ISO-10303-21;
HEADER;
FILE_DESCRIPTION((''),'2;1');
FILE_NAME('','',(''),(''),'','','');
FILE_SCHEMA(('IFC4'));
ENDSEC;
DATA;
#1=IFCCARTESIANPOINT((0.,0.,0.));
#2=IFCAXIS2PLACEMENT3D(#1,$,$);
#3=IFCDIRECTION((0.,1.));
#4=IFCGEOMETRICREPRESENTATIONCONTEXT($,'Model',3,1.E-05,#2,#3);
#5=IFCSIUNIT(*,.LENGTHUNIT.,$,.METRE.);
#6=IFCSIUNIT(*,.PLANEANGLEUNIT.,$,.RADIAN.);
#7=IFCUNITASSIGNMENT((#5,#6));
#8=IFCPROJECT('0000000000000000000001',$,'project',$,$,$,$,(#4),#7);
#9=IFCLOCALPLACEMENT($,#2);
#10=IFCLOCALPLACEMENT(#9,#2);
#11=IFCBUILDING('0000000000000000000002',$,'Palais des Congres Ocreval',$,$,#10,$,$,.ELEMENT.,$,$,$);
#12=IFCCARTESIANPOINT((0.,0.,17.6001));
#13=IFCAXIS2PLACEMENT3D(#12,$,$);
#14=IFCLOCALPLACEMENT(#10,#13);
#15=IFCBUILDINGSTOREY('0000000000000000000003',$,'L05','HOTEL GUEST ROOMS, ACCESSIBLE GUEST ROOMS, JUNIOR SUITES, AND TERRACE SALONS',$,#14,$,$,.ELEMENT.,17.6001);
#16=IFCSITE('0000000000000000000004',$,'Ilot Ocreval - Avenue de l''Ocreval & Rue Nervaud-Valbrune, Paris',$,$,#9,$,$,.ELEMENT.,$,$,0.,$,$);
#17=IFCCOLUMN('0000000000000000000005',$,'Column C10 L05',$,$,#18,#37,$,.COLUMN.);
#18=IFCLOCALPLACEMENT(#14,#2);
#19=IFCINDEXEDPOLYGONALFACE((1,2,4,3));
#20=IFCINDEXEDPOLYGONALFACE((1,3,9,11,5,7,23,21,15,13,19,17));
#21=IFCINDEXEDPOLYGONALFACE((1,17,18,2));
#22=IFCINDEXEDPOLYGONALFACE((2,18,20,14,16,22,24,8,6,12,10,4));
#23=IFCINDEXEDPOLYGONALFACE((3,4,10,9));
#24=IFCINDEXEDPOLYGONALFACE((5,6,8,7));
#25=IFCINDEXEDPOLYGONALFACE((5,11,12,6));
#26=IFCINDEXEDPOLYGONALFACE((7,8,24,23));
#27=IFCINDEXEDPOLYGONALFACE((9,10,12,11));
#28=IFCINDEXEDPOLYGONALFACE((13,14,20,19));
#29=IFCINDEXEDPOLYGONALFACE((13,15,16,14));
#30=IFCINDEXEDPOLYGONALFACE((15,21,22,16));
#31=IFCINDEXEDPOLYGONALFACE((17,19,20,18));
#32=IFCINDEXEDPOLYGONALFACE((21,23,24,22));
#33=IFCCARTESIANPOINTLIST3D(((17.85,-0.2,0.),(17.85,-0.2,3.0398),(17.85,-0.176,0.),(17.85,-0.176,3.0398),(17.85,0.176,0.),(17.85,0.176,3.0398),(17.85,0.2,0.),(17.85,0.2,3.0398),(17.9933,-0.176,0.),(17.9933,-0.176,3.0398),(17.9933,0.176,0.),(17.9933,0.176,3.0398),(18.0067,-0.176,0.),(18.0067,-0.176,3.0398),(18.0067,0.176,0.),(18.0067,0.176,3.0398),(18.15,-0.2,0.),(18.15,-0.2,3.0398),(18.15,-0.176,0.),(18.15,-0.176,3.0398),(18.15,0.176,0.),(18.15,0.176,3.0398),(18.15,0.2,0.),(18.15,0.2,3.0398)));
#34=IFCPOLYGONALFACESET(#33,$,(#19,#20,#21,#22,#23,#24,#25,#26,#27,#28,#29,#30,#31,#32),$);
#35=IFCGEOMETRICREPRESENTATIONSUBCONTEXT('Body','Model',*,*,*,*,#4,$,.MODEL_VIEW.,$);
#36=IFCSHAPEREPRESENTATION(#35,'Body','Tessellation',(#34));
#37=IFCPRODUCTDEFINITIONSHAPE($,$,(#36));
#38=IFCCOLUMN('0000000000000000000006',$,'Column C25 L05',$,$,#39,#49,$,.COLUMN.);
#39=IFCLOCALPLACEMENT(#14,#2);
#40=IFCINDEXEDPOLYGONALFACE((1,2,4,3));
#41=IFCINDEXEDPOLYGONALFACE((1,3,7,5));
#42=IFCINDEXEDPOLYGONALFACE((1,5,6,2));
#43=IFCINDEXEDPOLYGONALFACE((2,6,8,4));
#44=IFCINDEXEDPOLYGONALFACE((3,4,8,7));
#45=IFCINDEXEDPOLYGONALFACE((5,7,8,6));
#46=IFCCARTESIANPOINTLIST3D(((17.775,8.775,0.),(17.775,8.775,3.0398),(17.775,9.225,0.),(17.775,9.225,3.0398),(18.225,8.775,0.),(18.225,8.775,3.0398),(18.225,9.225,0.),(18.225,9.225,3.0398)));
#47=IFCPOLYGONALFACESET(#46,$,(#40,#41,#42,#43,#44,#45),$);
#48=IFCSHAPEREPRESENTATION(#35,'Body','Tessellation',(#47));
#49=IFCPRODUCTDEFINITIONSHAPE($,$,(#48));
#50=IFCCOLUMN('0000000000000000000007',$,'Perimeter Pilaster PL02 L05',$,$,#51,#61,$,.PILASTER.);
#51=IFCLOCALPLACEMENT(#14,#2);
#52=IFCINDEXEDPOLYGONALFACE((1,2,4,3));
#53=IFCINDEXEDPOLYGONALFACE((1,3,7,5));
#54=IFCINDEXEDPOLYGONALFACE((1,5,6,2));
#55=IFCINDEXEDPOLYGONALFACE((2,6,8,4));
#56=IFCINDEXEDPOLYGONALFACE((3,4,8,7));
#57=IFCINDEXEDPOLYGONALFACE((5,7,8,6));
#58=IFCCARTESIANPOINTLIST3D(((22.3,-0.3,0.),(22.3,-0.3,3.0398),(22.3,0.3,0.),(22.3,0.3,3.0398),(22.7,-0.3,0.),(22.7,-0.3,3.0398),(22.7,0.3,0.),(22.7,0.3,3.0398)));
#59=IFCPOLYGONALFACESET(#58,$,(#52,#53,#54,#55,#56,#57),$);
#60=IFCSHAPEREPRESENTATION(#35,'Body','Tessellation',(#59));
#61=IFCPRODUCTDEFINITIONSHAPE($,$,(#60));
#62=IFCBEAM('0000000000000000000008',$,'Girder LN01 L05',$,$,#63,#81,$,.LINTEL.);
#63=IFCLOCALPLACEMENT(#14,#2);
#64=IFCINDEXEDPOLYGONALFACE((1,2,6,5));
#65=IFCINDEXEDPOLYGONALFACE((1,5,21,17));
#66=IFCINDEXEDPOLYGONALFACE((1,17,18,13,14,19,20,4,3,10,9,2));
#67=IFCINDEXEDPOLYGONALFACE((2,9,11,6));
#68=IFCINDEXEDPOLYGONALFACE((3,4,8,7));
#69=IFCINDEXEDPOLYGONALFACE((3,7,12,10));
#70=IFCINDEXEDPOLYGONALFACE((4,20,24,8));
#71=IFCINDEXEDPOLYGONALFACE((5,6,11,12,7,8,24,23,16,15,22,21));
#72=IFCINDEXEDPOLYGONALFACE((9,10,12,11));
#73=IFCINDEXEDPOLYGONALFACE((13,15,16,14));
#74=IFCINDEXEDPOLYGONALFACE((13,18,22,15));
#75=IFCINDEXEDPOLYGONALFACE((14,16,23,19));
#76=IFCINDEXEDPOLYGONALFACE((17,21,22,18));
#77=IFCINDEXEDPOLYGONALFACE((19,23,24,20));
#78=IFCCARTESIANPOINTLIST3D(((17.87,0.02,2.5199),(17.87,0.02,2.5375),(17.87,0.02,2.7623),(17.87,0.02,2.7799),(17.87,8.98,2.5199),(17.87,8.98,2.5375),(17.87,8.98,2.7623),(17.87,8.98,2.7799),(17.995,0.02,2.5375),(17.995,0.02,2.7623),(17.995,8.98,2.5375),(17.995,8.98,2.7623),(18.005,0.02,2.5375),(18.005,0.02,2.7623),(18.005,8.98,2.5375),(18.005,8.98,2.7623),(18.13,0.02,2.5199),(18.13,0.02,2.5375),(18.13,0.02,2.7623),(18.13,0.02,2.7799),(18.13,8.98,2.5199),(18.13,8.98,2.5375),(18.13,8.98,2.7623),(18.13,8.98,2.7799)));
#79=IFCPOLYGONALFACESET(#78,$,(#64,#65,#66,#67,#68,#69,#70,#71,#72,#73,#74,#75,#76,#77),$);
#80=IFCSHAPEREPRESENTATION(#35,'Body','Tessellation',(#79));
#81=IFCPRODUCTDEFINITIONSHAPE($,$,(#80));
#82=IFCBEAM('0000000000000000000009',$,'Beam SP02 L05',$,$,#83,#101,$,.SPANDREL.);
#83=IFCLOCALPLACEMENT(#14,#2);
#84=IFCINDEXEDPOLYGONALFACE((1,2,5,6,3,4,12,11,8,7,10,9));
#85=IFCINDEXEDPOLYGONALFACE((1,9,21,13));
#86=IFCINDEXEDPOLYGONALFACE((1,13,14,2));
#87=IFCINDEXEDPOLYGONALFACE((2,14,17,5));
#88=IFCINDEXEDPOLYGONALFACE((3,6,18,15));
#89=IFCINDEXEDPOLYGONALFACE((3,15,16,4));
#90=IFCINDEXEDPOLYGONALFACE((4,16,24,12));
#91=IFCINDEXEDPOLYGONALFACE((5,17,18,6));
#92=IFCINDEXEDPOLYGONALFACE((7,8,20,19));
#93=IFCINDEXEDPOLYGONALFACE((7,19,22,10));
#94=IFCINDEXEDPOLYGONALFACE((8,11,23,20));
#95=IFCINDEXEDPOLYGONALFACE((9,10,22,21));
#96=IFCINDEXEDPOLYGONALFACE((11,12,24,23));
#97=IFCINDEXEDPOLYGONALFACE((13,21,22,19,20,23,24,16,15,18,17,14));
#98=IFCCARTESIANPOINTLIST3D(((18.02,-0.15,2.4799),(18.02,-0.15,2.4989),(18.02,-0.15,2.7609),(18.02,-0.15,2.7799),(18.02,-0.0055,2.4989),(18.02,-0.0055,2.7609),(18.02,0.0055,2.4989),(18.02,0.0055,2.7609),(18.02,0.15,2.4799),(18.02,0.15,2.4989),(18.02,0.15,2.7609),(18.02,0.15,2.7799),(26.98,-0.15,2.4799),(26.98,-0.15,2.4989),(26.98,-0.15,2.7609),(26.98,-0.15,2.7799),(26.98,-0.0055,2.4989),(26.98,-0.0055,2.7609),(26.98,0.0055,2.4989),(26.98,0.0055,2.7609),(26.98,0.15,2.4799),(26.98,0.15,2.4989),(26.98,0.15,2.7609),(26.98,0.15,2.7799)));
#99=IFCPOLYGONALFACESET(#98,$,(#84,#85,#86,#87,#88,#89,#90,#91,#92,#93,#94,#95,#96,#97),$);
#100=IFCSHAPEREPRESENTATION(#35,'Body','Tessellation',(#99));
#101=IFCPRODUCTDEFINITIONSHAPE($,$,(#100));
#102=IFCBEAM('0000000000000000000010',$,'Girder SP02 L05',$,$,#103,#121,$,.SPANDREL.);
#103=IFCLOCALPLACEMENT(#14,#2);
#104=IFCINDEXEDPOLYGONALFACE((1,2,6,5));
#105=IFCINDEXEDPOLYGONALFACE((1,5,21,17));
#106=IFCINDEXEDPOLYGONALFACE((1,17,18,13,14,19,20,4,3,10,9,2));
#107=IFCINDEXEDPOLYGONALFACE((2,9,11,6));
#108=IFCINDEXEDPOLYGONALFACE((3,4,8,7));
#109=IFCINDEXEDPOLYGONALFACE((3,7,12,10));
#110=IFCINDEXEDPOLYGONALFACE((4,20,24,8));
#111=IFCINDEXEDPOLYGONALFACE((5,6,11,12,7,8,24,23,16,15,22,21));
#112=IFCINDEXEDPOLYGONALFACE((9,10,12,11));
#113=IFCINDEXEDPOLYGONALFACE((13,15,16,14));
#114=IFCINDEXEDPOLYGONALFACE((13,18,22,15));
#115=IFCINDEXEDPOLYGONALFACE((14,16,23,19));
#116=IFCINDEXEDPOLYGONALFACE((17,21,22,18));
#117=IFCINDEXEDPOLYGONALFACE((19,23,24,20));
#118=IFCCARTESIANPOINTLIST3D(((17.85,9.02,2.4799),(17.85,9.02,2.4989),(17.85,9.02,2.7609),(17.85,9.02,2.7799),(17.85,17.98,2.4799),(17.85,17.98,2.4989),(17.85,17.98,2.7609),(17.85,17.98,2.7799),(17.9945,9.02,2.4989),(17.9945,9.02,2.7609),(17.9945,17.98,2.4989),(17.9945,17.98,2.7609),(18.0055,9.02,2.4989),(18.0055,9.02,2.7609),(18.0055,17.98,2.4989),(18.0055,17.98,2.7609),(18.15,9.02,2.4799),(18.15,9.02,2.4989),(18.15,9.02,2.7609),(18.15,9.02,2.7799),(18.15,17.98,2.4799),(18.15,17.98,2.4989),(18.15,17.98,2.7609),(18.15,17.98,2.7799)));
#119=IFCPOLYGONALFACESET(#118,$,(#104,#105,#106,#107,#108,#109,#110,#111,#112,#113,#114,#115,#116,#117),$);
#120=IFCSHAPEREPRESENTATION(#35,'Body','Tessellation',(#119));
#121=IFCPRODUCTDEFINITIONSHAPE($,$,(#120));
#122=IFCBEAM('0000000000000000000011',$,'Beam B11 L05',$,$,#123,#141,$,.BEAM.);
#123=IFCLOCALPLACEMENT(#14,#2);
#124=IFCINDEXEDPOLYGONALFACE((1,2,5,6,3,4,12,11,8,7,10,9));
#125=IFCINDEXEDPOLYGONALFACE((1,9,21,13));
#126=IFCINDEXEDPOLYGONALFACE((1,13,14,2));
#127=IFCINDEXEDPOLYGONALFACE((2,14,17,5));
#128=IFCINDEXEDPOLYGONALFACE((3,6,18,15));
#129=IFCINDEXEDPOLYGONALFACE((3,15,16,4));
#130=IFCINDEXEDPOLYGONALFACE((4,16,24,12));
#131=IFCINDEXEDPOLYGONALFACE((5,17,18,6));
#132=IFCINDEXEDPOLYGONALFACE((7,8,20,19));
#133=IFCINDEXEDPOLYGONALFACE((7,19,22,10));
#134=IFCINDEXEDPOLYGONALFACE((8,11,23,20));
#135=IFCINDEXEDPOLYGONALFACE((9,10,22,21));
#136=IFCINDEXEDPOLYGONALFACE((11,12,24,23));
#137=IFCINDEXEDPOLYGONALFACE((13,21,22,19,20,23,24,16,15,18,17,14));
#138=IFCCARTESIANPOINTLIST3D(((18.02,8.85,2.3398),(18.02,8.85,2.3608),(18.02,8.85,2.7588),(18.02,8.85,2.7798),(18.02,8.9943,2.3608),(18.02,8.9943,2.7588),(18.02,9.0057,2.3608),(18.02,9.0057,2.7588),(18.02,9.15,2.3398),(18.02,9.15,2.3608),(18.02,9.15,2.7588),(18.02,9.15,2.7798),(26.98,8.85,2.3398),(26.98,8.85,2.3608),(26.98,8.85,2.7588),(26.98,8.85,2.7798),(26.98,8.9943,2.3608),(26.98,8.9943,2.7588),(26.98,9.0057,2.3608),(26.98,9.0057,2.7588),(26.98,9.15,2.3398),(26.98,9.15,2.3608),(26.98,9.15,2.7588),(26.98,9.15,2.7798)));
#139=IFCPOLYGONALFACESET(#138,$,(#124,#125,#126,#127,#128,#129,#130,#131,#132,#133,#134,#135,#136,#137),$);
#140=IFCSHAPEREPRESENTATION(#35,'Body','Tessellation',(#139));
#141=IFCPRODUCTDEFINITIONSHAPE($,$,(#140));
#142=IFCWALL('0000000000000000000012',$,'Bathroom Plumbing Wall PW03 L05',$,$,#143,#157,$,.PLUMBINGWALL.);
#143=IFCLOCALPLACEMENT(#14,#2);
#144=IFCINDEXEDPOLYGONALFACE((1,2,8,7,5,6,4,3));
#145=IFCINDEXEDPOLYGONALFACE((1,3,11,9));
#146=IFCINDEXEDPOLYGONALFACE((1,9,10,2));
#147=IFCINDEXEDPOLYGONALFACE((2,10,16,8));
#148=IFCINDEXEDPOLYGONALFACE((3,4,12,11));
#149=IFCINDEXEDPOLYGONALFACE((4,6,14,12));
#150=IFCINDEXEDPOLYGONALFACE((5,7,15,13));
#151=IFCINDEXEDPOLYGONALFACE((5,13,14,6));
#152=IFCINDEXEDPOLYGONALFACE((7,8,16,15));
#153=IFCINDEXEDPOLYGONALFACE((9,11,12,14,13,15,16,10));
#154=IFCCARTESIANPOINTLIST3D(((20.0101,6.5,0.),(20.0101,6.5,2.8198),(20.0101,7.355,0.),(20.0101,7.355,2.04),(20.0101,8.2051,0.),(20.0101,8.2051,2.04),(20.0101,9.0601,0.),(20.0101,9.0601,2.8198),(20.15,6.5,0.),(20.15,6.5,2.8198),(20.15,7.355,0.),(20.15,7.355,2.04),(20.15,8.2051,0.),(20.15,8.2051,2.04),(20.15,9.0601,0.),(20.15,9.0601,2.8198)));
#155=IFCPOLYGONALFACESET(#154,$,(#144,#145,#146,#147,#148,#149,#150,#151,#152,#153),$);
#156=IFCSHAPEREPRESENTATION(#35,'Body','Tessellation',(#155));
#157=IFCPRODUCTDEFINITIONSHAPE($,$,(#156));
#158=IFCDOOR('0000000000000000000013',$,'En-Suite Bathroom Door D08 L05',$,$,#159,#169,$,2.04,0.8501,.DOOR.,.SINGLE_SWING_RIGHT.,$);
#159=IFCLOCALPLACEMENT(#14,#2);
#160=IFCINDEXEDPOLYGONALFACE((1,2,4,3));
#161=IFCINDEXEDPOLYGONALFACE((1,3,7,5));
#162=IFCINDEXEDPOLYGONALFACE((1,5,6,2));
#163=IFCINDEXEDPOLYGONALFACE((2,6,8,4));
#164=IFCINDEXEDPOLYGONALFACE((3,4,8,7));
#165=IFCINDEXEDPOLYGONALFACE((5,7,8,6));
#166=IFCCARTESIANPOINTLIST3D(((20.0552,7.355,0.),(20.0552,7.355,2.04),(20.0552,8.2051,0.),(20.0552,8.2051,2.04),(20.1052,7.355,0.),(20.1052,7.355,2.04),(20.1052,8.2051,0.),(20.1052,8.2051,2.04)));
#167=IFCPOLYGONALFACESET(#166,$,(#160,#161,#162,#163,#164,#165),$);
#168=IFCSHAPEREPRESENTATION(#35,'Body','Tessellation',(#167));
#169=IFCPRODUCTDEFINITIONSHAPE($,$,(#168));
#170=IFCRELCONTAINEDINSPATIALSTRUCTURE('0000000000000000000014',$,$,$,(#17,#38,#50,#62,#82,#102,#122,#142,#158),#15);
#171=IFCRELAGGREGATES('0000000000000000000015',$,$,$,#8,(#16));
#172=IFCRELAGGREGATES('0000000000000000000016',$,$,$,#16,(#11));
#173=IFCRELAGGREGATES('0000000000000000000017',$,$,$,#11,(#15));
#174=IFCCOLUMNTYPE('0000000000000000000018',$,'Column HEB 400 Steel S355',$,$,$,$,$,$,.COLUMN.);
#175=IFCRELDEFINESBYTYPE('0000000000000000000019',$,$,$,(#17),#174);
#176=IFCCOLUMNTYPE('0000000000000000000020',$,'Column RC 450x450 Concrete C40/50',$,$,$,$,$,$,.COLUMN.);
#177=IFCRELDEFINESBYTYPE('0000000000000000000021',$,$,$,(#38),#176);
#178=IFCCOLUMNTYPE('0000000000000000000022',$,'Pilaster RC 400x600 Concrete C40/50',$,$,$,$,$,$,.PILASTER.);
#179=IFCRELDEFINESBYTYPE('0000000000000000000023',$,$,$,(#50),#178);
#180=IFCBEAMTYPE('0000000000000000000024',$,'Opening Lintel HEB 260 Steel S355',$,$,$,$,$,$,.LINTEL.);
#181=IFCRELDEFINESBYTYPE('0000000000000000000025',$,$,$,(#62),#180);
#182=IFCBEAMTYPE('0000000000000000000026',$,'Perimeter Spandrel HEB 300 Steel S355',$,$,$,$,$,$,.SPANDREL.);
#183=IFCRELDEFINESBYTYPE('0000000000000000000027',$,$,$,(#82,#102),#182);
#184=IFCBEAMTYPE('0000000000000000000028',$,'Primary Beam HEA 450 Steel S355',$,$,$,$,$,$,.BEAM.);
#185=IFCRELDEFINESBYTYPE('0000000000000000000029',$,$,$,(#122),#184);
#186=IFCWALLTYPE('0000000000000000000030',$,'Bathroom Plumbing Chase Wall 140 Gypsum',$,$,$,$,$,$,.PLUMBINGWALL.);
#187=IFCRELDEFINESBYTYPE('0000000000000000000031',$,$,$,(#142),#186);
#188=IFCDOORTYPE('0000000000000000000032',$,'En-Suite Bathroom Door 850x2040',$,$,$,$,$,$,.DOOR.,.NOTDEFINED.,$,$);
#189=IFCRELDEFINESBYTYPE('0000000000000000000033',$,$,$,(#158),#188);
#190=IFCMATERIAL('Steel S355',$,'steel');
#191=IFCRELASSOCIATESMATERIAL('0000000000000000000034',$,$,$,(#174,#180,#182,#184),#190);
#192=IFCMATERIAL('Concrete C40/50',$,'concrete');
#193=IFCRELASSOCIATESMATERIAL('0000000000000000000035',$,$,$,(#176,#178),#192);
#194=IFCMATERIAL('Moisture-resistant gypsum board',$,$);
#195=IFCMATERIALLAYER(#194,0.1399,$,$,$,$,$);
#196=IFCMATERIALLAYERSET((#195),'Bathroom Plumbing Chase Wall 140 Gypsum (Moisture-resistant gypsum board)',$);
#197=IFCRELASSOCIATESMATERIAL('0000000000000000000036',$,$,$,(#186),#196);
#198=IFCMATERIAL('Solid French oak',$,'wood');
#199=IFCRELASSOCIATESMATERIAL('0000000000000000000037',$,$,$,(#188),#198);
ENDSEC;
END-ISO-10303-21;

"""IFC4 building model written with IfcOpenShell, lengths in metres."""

from ifc_helpers import new_model, si_unit, direction, frame, frame_2d, origin, origin_2d, place, context, subcontext, project, spatial, rectangle, i_section, extrude, material, layer, layer_set, material_profile, profile_set, type_object, element, fill, save


model = new_model("IFC4")

# Units and contexts
model_context = context("Model", 3, precision=1e-05, world=origin(), true_north=direction((0.0, 1.0)))
body_context = subcontext(model_context, "Body", "Model", "MODEL_VIEW")
ifc_project = project(units=[si_unit("LENGTHUNIT", "METRE"), si_unit("PLANEANGLEUNIT", "RADIAN")], contexts=[model_context])

# Site, building, storey
site_placement = place(None, origin())
site = spatial("IfcSite", under=ifc_project, at=site_placement, Name="Ilot Ocreval - Avenue de l'Ocreval & Rue Nervaud-Valbrune, Paris", CompositionType="ELEMENT", RefElevation=0.0)
building_placement = place(site_placement, origin())
building = spatial("IfcBuilding", under=site, at=building_placement, Name="Palais des Congres Ocreval", CompositionType="ELEMENT")
storey_placement = place(building_placement, frame((0.0, 0.0, 17.6001)))
storey = spatial("IfcBuildingStorey", under=building, at=storey_placement, Name="L05", Description="HOTEL GUEST ROOMS, ACCESSIBLE GUEST ROOMS, JUNIOR SUITES, AND TERRACE SALONS", CompositionType="ELEMENT", Elevation=17.6001)

# Columns
ifc_material_1 = material(Name="Steel S355", Category="steel")
ifc_material_profile_1 = material_profile(ifc_material_1, i_section(OverallWidth=0.3, OverallDepth=0.3999, WebThickness=0.0134, FlangeThickness=0.0239, at=origin_2d()), Name="HEB 400")
ifc_profile_set_1 = profile_set([ifc_material_profile_1], Name="Steel S355")
column_type_1 = type_object("IfcColumnType", Name="Column HEB 400 Steel S355", PredefinedType="COLUMN", material=ifc_profile_set_1)
column_1_placement = place(storey_placement, frame((18.0, 0.0, 0.0), z_axis=(0.0, 0.0, 1.0), x_axis=(1.0, 0.0, 0.0)))
element("IfcColumn", 1, at=column_1_placement, inside=storey, type_object=column_type_1, Name="Column C10 L05", PredefinedType="COLUMN", context=body_context, shape_type="SweptSolid", body=[
    extrude(i_section(OverallWidth=0.3, OverallDepth=0.3999, WebThickness=0.0134, FlangeThickness=0.0239, at=origin_2d()), origin(), (0.0, 0.0, 1.0), 3.0398),
])
ifc_material_2 = material(Name="Concrete C40/50", Category="concrete")
ifc_material_profile_2 = material_profile(ifc_material_2, rectangle(XDim=0.45, YDim=0.45, at=origin_2d()), Name="RC 450x450")
ifc_profile_set_2 = profile_set([ifc_material_profile_2], Name="Concrete C40/50")
column_type_2 = type_object("IfcColumnType", Name="Column RC 450x450 Concrete C40/50", PredefinedType="COLUMN", material=ifc_profile_set_2)
column_2_placement = place(storey_placement, frame((18.0, 9.0, 0.0), z_axis=(0.0, 0.0, 1.0), x_axis=(1.0, 0.0, 0.0)))
element("IfcColumn", 2, at=column_2_placement, inside=storey, type_object=column_type_2, Name="Column C25 L05", PredefinedType="COLUMN", context=body_context, shape_type="SweptSolid", body=[
    extrude(rectangle(XDim=0.45, YDim=0.45, at=origin_2d()), origin(), (0.0, 0.0, 1.0), 3.0398),
])
ifc_material_profile_3 = material_profile(ifc_material_2, rectangle(XDim=0.3999, YDim=0.6001, at=origin_2d()), Name="RC 400x600")
ifc_profile_set_3 = profile_set([ifc_material_profile_3], Name="Concrete C40/50")
column_type_3 = type_object("IfcColumnType", Name="Pilaster RC 400x600 Concrete C40/50", PredefinedType="PILASTER", material=ifc_profile_set_3)
column_3_placement = place(storey_placement, frame((22.5, 0.0, 0.0), z_axis=(0.0, 0.0, 1.0), x_axis=(1.0, 0.0, 0.0)))
element("IfcColumn", 3, at=column_3_placement, inside=storey, type_object=column_type_3, Name="Perimeter Pilaster PL02 L05", PredefinedType="PILASTER", context=body_context, shape_type="SweptSolid", body=[
    extrude(rectangle(XDim=0.3999, YDim=0.6001, at=origin_2d()), origin(), (0.0, 0.0, 1.0), 3.0398),
])

# Beams
ifc_material_profile_4 = material_profile(ifc_material_1, i_section(OverallWidth=0.26, OverallDepth=0.26, WebThickness=0.01, FlangeThickness=0.0176, at=origin_2d()), Name="HEB 260")
ifc_profile_set_4 = profile_set([ifc_material_profile_4], Name="Steel S355")
beam_type_1 = type_object("IfcBeamType", Name="Opening Lintel HEB 260 Steel S355", PredefinedType="LINTEL", material=ifc_profile_set_4)
beam_1_placement = place(storey_placement, frame((18.0, 0.02, 2.6499), z_axis=(0.0, 1.0, 0.0), x_axis=(-1.0, 0.0, 0.0)))
element("IfcBeam", 4, at=beam_1_placement, inside=storey, type_object=beam_type_1, Name="Girder LN01 L05", PredefinedType="LINTEL", context=body_context, shape_type="SweptSolid", body=[
    extrude(i_section(OverallWidth=0.26, OverallDepth=0.26, WebThickness=0.01, FlangeThickness=0.0176, at=origin_2d()), origin(), (0.0, 0.0, 1.0), 8.96),
])
ifc_material_profile_5 = material_profile(ifc_material_1, i_section(OverallWidth=0.3, OverallDepth=0.3, WebThickness=0.011, FlangeThickness=0.019, at=origin_2d()), Name="HEB 300")
ifc_profile_set_5 = profile_set([ifc_material_profile_5], Name="Steel S355")
beam_type_2 = type_object("IfcBeamType", Name="Perimeter Spandrel HEB 300 Steel S355", PredefinedType="SPANDREL", material=ifc_profile_set_5)
for number, where, z_axis, x_axis, name in (
    (5, (18.02, 0.0, 2.6299), (1.0, 0.0, 0.0), (0.0, 1.0, 0.0), "Beam SP02 L05"),
    (6, (18.0, 9.02, 2.6299), (0.0, 1.0, 0.0), (-1.0, 0.0, 0.0), "Girder SP02 L05"),
):
    element("IfcBeam", number, at=place(storey_placement, frame(where, z_axis=z_axis, x_axis=x_axis)), inside=storey, type_object=beam_type_2, Name=name, PredefinedType="SPANDREL", context=body_context, shape_type="SweptSolid", body=[
        extrude(i_section(OverallWidth=0.3, OverallDepth=0.3, WebThickness=0.011, FlangeThickness=0.019, at=origin_2d()), origin(), (0.0, 0.0, 1.0), 8.96),
    ])
ifc_material_profile_6 = material_profile(ifc_material_1, i_section(OverallWidth=0.3, OverallDepth=0.4399, WebThickness=0.0115, FlangeThickness=0.021, at=origin_2d()), Name="HEA 450")
ifc_profile_set_6 = profile_set([ifc_material_profile_6], Name="Steel S355")
beam_type_3 = type_object("IfcBeamType", Name="Primary Beam HEA 450 Steel S355", PredefinedType="BEAM", material=ifc_profile_set_6)
beam_2_placement = place(storey_placement, frame((18.02, 9.0, 2.5598), z_axis=(1.0, 0.0, 0.0), x_axis=(0.0, 1.0, 0.0)))
element("IfcBeam", 7, at=beam_2_placement, inside=storey, type_object=beam_type_3, Name="Beam B11 L05", PredefinedType="BEAM", context=body_context, shape_type="SweptSolid", body=[
    extrude(i_section(OverallWidth=0.3, OverallDepth=0.4399, WebThickness=0.0115, FlangeThickness=0.021, at=origin_2d()), origin(), (0.0, 0.0, 1.0), 8.96),
])

# Wall, opening, door
ifc_material_3 = material(Name="Moisture-resistant gypsum board")
ifc_layer_1 = layer(ifc_material_3, 0.1399)
ifc_layer_set_1 = layer_set([ifc_layer_1], Name="Bathroom Plumbing Chase Wall 140 Gypsum (Moisture-resistant gypsum board)")
wall_type_1 = type_object("IfcWallType", Name="Bathroom Plumbing Chase Wall 140 Gypsum", PredefinedType="PLUMBINGWALL", material=ifc_layer_set_1)
wall_1_placement = place(storey_placement, frame((20.0801, 6.5, 0.0), z_axis=(0.0, 0.0, 1.0), x_axis=(0.0, 1.0, 0.0)))
wall_1 = element("IfcWall", 8, at=wall_1_placement, inside=storey, type_object=wall_type_1, Name="Bathroom Plumbing Wall PW03 L05", PredefinedType="PLUMBINGWALL", context=body_context, shape_type="SweptSolid", body=[
    extrude(rectangle(XDim=2.5601, YDim=0.1399, at=frame_2d((1.28, 0.0))), origin(), (0.0, 0.0, 1.0), 2.8198),
])
opening_1_placement = place(wall_1_placement, frame((0.855, 0.0, 0.0)))
opening_1 = element("IfcOpeningElement", 9, at=opening_1_placement, cuts=wall_1, PredefinedType="OPENING", context=body_context, shape_type="SweptSolid", body=[
    extrude(rectangle(XDim=0.8501, YDim=2.04, at=frame_2d((0.425, 1.02))), frame((0.0, 0.0798, 0.0), z_axis=(0.0, -1.0, 0.0), x_axis=(1.0, 0.0, 0.0)), (0.0, 0.0, 1.0), 0.1599),
])
ifc_material_4 = material(Name="Solid French oak", Category="wood")
door_type_1 = type_object("IfcDoorType", Name="En-Suite Bathroom Door 850x2040", OperationType="NOTDEFINED", PredefinedType="DOOR", material=ifc_material_4)
door_1_placement = place(opening_1_placement, origin())
door_1 = element("IfcDoor", 10, at=door_1_placement, inside=storey, type_object=door_type_1, Name="En-Suite Bathroom Door D08 L05", OperationType="SINGLE_SWING_RIGHT", OverallHeight=2.04, OverallWidth=0.8501, PredefinedType="DOOR", context=body_context, shape_type="SweptSolid", body=[
    extrude(rectangle(XDim=0.8501, YDim=2.04, at=frame_2d((0.425, 1.02))), frame((0.0, 0.0249, 0.0), z_axis=(0.0, -1.0, 0.0), x_axis=(1.0, 0.0, 0.0)), (0.0, 0.0, 1.0), 0.05),
])
fill(opening_1, door_1)

save(model, "model.ifc")
